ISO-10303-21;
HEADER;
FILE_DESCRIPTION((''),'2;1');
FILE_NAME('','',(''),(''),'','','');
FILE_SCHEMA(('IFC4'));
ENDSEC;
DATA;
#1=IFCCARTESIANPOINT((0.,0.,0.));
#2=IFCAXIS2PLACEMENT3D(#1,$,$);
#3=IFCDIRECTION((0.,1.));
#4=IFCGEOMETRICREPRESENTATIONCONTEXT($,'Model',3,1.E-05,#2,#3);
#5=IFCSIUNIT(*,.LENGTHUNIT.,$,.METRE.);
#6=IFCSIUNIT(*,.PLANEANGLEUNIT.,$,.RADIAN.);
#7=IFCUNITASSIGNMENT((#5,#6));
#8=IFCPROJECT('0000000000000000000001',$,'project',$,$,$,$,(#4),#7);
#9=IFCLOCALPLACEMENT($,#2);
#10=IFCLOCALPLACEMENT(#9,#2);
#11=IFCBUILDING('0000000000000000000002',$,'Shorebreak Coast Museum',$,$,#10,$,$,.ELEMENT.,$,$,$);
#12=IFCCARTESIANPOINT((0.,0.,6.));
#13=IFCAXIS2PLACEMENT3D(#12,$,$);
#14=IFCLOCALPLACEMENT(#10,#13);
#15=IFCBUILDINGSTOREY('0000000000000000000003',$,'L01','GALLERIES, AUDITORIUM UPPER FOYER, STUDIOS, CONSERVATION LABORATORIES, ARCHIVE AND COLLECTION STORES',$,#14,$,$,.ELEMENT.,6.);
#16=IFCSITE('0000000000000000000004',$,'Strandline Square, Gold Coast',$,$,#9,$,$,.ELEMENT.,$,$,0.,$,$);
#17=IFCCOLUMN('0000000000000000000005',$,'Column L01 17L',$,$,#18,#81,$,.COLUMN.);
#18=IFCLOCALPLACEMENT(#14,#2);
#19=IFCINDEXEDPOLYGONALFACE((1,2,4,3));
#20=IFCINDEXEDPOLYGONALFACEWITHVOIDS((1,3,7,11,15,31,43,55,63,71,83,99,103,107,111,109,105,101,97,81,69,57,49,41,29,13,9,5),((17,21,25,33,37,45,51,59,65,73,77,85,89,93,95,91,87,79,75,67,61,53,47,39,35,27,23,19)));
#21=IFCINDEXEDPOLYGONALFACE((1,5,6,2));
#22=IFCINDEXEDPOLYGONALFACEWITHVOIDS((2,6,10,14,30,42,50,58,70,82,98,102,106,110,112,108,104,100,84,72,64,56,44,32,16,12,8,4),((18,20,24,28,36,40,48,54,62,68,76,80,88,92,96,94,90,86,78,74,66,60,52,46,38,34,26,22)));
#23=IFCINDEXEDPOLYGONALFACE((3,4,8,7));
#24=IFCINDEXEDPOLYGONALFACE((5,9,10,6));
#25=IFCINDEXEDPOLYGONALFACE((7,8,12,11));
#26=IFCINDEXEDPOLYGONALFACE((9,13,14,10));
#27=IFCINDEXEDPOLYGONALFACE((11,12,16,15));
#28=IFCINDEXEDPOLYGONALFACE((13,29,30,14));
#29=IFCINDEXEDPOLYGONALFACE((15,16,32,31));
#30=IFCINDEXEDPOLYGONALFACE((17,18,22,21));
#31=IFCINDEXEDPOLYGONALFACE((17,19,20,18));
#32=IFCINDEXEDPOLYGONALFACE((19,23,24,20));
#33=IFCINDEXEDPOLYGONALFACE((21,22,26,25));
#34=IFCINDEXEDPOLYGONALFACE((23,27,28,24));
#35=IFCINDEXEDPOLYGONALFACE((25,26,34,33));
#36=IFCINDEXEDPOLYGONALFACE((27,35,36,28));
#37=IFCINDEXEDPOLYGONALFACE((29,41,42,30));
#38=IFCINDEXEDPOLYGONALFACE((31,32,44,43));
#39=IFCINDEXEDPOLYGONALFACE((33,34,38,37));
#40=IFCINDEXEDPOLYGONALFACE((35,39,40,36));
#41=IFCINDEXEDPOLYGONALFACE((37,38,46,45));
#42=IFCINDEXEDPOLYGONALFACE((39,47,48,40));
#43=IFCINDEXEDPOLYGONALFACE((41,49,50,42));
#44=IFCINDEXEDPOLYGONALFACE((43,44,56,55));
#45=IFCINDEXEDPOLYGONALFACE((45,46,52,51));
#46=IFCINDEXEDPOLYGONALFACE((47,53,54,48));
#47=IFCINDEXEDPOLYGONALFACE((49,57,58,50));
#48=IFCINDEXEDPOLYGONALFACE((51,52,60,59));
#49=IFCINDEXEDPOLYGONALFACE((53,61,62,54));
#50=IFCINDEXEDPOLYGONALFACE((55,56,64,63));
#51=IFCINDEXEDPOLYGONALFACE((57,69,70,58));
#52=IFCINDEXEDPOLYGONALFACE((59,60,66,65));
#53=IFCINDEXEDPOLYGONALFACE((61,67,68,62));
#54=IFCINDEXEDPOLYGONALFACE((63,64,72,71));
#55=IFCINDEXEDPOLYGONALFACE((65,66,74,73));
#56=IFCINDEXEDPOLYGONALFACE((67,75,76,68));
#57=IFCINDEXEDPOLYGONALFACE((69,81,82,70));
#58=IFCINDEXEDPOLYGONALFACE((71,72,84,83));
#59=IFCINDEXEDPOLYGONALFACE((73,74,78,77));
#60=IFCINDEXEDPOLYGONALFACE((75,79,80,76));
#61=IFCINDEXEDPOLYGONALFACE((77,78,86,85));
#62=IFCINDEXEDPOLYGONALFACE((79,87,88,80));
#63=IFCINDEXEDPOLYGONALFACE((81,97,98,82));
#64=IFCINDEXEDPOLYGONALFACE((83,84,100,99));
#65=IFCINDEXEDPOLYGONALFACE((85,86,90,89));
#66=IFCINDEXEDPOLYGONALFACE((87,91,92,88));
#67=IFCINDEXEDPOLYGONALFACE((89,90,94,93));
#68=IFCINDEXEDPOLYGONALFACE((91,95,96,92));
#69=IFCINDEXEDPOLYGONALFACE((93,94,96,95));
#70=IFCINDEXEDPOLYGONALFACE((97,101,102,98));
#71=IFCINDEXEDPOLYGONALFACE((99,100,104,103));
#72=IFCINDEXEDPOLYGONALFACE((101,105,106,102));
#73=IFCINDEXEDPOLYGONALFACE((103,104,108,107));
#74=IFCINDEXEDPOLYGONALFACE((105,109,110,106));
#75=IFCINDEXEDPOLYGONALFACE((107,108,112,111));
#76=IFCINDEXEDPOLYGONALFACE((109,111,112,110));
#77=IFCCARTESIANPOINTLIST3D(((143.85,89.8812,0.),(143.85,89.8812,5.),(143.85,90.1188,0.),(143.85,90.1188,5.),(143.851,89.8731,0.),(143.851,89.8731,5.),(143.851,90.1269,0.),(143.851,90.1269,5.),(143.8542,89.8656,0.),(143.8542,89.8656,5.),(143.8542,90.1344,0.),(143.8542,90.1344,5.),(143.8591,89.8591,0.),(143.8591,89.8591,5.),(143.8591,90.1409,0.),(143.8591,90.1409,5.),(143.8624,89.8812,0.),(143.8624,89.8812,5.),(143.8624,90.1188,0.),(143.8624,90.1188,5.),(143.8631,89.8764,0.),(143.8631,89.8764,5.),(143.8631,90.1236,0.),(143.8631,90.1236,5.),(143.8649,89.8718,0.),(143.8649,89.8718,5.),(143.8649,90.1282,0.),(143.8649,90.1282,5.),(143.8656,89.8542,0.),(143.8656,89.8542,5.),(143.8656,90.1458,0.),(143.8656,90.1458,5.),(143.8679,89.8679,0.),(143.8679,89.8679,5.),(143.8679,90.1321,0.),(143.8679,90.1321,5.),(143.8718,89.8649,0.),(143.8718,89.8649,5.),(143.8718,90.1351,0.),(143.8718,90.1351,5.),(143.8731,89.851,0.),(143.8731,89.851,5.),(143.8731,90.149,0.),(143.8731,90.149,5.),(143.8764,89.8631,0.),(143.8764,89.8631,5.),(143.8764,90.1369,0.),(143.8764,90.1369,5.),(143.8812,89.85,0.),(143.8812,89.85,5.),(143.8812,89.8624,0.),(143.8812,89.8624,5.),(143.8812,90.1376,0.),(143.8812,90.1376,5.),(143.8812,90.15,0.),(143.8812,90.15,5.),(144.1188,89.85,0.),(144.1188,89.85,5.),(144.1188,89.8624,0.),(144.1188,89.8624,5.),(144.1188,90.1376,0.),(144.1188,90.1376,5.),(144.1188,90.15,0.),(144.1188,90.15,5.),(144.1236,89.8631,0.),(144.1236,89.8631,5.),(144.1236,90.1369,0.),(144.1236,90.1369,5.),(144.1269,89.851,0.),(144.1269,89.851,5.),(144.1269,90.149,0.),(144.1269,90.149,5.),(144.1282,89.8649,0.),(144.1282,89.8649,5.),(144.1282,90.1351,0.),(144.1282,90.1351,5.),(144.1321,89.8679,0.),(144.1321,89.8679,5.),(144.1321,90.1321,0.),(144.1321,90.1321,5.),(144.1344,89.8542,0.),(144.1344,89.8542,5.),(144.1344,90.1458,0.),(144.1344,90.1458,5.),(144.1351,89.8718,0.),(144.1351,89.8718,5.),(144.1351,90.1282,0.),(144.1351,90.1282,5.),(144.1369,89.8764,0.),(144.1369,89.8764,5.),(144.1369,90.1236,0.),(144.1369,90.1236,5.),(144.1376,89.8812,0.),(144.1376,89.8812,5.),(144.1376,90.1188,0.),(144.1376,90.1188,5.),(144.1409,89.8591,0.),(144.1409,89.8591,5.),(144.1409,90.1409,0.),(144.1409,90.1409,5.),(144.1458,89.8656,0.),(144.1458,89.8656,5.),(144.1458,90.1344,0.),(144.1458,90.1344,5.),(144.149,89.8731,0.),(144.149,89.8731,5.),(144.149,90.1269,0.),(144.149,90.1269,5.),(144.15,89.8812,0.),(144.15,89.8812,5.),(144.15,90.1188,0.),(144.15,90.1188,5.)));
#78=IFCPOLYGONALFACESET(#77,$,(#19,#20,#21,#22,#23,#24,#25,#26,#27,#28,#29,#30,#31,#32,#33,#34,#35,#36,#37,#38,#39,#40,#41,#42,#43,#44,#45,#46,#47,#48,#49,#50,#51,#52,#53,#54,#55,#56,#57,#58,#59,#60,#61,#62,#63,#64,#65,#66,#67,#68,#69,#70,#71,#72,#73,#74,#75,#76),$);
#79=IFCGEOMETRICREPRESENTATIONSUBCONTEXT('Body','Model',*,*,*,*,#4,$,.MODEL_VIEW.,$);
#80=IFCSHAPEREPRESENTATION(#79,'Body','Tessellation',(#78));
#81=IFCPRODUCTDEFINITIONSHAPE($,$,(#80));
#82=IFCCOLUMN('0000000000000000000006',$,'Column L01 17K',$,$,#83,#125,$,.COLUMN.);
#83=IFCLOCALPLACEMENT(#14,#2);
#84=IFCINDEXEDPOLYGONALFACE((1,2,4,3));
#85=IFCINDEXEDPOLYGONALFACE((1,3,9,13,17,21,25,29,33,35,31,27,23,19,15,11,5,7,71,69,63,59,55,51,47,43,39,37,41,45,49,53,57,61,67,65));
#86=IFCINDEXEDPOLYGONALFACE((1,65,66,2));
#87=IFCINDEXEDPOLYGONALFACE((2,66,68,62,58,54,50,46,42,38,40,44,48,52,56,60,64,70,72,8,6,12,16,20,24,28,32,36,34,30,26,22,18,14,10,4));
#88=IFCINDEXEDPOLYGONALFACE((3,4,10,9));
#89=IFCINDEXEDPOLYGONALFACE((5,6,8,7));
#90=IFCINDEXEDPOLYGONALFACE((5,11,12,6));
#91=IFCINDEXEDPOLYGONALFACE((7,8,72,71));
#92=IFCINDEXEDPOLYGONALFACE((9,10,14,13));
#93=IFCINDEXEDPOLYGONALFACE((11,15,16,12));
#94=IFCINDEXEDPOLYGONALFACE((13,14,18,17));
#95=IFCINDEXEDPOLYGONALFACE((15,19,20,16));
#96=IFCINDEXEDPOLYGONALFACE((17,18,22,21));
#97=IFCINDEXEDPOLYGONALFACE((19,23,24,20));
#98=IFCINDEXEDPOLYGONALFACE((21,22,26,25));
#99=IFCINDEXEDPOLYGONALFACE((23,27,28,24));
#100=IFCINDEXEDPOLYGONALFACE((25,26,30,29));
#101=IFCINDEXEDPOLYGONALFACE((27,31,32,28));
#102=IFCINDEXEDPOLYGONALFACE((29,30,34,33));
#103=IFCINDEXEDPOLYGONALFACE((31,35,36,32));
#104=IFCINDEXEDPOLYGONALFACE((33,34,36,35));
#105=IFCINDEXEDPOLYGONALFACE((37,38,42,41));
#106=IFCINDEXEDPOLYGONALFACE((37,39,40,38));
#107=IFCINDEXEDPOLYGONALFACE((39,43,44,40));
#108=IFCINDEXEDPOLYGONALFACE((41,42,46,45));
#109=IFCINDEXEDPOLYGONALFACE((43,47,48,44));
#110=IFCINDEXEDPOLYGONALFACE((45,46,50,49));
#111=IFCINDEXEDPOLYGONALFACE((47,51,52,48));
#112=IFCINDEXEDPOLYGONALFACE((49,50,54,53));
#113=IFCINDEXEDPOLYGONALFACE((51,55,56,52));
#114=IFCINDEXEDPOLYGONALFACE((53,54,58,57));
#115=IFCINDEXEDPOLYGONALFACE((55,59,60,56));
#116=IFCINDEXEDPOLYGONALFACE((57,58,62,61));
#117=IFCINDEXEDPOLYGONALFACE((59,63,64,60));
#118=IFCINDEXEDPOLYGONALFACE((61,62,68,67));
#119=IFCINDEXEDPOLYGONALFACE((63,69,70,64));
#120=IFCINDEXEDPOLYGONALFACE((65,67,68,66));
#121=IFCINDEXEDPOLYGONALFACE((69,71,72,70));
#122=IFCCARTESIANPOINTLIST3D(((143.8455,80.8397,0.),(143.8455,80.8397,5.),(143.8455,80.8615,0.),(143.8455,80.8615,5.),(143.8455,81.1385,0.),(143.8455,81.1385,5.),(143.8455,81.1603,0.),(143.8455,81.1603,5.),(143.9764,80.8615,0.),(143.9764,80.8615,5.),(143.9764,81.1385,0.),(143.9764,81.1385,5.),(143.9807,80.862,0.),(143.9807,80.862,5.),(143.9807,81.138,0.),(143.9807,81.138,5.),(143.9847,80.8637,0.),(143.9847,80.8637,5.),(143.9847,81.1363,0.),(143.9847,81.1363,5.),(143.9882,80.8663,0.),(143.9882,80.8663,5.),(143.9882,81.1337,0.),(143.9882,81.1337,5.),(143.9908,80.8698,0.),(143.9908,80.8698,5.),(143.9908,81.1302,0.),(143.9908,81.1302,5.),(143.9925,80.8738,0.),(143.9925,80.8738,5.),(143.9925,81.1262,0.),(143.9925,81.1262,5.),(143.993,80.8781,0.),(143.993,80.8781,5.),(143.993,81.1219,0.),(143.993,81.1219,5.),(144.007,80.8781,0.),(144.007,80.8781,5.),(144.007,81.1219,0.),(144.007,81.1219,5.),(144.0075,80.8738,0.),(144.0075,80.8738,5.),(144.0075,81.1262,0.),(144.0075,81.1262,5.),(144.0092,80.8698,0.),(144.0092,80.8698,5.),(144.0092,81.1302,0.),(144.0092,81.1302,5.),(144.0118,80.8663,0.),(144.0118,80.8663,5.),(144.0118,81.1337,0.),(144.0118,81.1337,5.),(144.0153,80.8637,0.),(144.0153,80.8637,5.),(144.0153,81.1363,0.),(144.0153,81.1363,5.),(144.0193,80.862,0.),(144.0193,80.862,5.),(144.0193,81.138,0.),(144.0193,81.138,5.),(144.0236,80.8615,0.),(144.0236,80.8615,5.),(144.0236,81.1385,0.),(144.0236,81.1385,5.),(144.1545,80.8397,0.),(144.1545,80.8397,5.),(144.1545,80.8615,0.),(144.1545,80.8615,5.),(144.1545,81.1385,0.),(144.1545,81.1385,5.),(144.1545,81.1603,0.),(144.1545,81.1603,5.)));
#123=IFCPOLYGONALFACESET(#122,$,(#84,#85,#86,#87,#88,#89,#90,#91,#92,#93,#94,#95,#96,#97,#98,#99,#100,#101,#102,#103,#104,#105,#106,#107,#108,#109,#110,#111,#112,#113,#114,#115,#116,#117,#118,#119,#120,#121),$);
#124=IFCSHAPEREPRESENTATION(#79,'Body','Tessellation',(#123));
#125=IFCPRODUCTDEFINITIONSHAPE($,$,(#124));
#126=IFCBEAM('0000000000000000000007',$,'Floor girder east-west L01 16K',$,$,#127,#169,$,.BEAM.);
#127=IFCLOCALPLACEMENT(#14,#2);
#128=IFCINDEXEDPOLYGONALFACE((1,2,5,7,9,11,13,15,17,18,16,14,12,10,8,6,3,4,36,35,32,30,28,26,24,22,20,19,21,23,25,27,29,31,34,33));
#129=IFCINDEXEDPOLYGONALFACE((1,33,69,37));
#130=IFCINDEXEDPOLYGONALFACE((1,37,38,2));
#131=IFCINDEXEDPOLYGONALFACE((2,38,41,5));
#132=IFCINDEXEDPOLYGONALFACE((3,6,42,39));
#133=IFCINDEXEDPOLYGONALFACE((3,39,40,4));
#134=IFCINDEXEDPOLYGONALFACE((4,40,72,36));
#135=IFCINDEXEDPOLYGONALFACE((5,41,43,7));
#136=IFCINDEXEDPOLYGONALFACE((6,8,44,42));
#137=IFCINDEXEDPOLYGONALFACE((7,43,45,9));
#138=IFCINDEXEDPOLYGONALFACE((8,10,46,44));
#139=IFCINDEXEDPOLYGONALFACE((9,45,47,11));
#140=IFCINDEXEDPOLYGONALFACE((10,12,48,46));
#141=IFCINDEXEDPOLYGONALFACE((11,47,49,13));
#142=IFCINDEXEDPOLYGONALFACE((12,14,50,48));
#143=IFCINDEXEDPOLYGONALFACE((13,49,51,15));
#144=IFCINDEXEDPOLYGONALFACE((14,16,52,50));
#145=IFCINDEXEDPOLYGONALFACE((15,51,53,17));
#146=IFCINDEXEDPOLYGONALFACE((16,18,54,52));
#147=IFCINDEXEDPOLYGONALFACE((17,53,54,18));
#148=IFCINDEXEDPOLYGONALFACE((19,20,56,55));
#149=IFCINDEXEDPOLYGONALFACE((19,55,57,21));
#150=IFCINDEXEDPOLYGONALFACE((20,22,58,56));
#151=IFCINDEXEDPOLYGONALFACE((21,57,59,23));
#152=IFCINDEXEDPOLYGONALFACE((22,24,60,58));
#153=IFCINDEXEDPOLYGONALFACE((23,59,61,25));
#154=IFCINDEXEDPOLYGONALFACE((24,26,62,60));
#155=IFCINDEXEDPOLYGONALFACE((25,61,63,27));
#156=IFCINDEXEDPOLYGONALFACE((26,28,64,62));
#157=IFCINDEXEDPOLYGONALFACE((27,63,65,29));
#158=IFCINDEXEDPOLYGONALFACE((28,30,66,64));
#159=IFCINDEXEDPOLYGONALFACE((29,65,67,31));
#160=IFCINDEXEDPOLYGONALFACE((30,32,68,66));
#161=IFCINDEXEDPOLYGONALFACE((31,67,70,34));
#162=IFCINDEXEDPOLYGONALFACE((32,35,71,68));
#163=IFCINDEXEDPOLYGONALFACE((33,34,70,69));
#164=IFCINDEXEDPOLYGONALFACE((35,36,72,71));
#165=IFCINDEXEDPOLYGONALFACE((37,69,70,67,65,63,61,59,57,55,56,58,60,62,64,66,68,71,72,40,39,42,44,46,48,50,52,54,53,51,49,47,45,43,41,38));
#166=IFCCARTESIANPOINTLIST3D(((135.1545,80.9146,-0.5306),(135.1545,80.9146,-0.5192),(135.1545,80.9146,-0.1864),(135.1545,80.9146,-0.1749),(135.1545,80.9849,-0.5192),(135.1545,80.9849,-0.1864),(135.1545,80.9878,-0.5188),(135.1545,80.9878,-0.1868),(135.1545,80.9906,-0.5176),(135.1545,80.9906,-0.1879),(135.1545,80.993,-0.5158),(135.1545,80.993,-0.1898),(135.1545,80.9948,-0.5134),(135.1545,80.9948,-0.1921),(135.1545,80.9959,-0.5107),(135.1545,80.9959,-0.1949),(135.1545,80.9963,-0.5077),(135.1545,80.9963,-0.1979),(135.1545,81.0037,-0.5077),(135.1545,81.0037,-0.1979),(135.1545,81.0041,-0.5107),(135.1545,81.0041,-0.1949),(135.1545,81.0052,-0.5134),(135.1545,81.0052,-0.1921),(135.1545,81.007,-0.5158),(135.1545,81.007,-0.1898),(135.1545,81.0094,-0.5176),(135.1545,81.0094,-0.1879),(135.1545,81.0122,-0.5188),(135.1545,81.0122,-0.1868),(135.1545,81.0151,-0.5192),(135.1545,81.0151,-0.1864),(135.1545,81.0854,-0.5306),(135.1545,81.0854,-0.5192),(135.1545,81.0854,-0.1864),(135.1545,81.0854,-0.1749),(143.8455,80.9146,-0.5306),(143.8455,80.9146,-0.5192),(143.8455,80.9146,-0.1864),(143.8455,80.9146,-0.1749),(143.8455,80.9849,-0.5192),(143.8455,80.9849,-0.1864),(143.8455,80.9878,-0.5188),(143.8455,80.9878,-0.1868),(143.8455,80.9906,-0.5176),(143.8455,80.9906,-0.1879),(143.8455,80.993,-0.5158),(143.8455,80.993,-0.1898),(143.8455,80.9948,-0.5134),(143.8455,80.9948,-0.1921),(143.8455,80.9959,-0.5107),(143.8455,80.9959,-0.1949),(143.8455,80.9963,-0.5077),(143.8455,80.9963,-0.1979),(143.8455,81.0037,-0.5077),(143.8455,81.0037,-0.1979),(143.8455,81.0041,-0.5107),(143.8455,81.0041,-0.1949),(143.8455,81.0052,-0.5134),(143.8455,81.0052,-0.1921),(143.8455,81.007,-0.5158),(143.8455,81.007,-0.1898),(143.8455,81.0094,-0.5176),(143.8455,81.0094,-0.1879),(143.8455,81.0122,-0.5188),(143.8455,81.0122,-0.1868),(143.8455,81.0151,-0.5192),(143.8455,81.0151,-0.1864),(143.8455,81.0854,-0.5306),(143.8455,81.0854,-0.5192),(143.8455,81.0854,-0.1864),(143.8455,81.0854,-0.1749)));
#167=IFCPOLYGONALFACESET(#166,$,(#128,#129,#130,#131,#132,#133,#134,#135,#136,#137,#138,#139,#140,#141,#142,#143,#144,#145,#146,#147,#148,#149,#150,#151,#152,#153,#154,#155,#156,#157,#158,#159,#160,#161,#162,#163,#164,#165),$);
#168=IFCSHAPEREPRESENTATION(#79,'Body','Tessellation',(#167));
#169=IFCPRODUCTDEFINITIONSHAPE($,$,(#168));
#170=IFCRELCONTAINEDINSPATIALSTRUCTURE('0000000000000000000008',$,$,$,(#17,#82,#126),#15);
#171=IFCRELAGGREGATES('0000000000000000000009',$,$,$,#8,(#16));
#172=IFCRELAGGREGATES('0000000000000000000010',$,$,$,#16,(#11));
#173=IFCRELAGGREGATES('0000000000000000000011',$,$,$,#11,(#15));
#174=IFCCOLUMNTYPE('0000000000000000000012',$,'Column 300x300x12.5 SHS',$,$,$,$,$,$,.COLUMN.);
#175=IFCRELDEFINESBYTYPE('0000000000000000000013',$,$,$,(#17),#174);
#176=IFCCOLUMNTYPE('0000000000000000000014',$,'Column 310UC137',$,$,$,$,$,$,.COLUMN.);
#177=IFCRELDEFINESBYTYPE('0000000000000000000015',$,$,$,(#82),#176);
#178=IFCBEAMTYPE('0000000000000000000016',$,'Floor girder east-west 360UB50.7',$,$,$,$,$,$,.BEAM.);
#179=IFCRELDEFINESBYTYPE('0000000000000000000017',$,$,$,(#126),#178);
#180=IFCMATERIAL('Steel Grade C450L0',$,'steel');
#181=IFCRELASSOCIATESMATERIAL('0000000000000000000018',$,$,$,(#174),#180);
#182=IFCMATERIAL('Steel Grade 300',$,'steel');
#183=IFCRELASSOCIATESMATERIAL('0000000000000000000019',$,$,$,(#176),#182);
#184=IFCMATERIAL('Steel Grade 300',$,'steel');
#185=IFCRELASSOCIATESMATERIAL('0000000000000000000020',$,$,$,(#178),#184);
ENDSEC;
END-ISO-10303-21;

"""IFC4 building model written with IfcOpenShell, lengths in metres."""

from ifc_helpers import new_model, si_unit, direction, frame, origin, origin_2d, place, context, subcontext, project, spatial, hollow_rectangle, i_section, extrude, material, material_profile, profile_set, type_object, element, save


model = new_model("IFC4")

# Units and contexts
model_context = context("Model", 3, precision=1e-05, world=origin(), true_north=direction((0.0, 1.0)))
body_context = subcontext(model_context, "Body", "Model", "MODEL_VIEW")
ifc_project = project(units=[si_unit("LENGTHUNIT", "METRE"), si_unit("PLANEANGLEUNIT", "RADIAN")], contexts=[model_context])

# Site, building, storey
site_placement = place(None, origin())
site = spatial("IfcSite", under=ifc_project, at=site_placement, Name="Strandline Square, Gold Coast", CompositionType="ELEMENT", RefElevation=0.0)
building_placement = place(site_placement, origin())
building = spatial("IfcBuilding", under=site, at=building_placement, Name="Shorebreak Coast Museum", CompositionType="ELEMENT")
storey_placement = place(building_placement, frame((0.0, 0.0, 6.0)))
storey = spatial("IfcBuildingStorey", under=building, at=storey_placement, Name="L01", Description="GALLERIES, AUDITORIUM UPPER FOYER, STUDIOS, CONSERVATION LABORATORIES, ARCHIVE AND COLLECTION STORES", CompositionType="ELEMENT", Elevation=6.0)

# Columns
ifc_material_1 = material(Name="Steel Grade C450L0", Category="steel")
ifc_material_profile_1 = material_profile(ifc_material_1, hollow_rectangle(XDim=0.3, YDim=0.3, WallThickness=0.0125, InnerFilletRadius=0.0188, OuterFilletRadius=0.0312, at=origin_2d()), Name="300x300x12.5 SHS")
ifc_profile_set_1 = profile_set([ifc_material_profile_1], Name="Steel Grade C450L0")
column_type_1 = type_object("IfcColumnType", Name="Column 300x300x12.5 SHS", PredefinedType="COLUMN", material=ifc_profile_set_1)
column_1_placement = place(storey_placement, frame((144.0, 90.0, 0.0), z_axis=(0.0, 0.0, 1.0), x_axis=(1.0, 0.0, 0.0)))
element("IfcColumn", 1, at=column_1_placement, inside=storey, type_object=column_type_1, Name="Column L01 17L", PredefinedType="COLUMN", context=body_context, shape_type="SweptSolid", body=[
    extrude(hollow_rectangle(XDim=0.3, YDim=0.3, WallThickness=0.0125, InnerFilletRadius=0.0188, OuterFilletRadius=0.0312, at=origin_2d()), origin(), (0.0, 0.0, 1.0), 5.0),
])
ifc_material_2 = material(Name="Steel Grade 300", Category="steel")
ifc_material_profile_2 = material_profile(ifc_material_2, i_section(OverallWidth=0.3091, OverallDepth=0.3206, WebThickness=0.0139, FlangeThickness=0.0217, FilletRadius=0.0166, at=origin_2d()), Name="310UC137")
ifc_profile_set_2 = profile_set([ifc_material_profile_2], Name="Steel Grade 300")
column_type_2 = type_object("IfcColumnType", Name="Column 310UC137", PredefinedType="COLUMN", material=ifc_profile_set_2)
column_2_placement = place(storey_placement, frame((144.0, 81.0, 0.0), z_axis=(0.0, 0.0, 1.0), x_axis=(1.0, 0.0, 0.0)))
element("IfcColumn", 2, at=column_2_placement, inside=storey, type_object=column_type_2, Name="Column L01 17K", PredefinedType="COLUMN", context=body_context, shape_type="SweptSolid", body=[
    extrude(i_section(OverallWidth=0.3091, OverallDepth=0.3206, WebThickness=0.0139, FlangeThickness=0.0217, FilletRadius=0.0166, at=origin_2d()), origin(), (0.0, 0.0, 1.0), 5.0),
])

# Beam
ifc_material_3 = material(Name="Steel Grade 300", Category="steel")
ifc_material_profile_3 = material_profile(ifc_material_3, i_section(OverallWidth=0.1709, OverallDepth=0.3557, WebThickness=0.0073, FlangeThickness=0.0115, FilletRadius=0.0115, at=origin_2d()), Name="360UB50.7")
ifc_profile_set_3 = profile_set([ifc_material_profile_3], Name="Steel Grade 300")
beam_type_1 = type_object("IfcBeamType", Name="Floor girder east-west 360UB50.7", PredefinedType="BEAM", material=ifc_profile_set_3)
for number, where, z_axis, x_axis, name in (
    (3, (135.1545, 81.0, -0.3528), (1.0, 0.0, 0.0), (0.0, 1.0, 0.0), "Floor girder east-west L01 16K"),
):
    element("IfcBeam", number, at=place(storey_placement, frame(where, z_axis=z_axis, x_axis=x_axis)), inside=storey, type_object=beam_type_1, Name=name, PredefinedType="BEAM", context=body_context, shape_type="SweptSolid", body=[
        extrude(i_section(OverallWidth=0.1709, OverallDepth=0.3557, WebThickness=0.0073, FlangeThickness=0.0115, FilletRadius=0.0115, at=origin_2d()), origin(), (0.0, 0.0, 1.0), 8.6909),
    ])

save(model, "model.ifc")
